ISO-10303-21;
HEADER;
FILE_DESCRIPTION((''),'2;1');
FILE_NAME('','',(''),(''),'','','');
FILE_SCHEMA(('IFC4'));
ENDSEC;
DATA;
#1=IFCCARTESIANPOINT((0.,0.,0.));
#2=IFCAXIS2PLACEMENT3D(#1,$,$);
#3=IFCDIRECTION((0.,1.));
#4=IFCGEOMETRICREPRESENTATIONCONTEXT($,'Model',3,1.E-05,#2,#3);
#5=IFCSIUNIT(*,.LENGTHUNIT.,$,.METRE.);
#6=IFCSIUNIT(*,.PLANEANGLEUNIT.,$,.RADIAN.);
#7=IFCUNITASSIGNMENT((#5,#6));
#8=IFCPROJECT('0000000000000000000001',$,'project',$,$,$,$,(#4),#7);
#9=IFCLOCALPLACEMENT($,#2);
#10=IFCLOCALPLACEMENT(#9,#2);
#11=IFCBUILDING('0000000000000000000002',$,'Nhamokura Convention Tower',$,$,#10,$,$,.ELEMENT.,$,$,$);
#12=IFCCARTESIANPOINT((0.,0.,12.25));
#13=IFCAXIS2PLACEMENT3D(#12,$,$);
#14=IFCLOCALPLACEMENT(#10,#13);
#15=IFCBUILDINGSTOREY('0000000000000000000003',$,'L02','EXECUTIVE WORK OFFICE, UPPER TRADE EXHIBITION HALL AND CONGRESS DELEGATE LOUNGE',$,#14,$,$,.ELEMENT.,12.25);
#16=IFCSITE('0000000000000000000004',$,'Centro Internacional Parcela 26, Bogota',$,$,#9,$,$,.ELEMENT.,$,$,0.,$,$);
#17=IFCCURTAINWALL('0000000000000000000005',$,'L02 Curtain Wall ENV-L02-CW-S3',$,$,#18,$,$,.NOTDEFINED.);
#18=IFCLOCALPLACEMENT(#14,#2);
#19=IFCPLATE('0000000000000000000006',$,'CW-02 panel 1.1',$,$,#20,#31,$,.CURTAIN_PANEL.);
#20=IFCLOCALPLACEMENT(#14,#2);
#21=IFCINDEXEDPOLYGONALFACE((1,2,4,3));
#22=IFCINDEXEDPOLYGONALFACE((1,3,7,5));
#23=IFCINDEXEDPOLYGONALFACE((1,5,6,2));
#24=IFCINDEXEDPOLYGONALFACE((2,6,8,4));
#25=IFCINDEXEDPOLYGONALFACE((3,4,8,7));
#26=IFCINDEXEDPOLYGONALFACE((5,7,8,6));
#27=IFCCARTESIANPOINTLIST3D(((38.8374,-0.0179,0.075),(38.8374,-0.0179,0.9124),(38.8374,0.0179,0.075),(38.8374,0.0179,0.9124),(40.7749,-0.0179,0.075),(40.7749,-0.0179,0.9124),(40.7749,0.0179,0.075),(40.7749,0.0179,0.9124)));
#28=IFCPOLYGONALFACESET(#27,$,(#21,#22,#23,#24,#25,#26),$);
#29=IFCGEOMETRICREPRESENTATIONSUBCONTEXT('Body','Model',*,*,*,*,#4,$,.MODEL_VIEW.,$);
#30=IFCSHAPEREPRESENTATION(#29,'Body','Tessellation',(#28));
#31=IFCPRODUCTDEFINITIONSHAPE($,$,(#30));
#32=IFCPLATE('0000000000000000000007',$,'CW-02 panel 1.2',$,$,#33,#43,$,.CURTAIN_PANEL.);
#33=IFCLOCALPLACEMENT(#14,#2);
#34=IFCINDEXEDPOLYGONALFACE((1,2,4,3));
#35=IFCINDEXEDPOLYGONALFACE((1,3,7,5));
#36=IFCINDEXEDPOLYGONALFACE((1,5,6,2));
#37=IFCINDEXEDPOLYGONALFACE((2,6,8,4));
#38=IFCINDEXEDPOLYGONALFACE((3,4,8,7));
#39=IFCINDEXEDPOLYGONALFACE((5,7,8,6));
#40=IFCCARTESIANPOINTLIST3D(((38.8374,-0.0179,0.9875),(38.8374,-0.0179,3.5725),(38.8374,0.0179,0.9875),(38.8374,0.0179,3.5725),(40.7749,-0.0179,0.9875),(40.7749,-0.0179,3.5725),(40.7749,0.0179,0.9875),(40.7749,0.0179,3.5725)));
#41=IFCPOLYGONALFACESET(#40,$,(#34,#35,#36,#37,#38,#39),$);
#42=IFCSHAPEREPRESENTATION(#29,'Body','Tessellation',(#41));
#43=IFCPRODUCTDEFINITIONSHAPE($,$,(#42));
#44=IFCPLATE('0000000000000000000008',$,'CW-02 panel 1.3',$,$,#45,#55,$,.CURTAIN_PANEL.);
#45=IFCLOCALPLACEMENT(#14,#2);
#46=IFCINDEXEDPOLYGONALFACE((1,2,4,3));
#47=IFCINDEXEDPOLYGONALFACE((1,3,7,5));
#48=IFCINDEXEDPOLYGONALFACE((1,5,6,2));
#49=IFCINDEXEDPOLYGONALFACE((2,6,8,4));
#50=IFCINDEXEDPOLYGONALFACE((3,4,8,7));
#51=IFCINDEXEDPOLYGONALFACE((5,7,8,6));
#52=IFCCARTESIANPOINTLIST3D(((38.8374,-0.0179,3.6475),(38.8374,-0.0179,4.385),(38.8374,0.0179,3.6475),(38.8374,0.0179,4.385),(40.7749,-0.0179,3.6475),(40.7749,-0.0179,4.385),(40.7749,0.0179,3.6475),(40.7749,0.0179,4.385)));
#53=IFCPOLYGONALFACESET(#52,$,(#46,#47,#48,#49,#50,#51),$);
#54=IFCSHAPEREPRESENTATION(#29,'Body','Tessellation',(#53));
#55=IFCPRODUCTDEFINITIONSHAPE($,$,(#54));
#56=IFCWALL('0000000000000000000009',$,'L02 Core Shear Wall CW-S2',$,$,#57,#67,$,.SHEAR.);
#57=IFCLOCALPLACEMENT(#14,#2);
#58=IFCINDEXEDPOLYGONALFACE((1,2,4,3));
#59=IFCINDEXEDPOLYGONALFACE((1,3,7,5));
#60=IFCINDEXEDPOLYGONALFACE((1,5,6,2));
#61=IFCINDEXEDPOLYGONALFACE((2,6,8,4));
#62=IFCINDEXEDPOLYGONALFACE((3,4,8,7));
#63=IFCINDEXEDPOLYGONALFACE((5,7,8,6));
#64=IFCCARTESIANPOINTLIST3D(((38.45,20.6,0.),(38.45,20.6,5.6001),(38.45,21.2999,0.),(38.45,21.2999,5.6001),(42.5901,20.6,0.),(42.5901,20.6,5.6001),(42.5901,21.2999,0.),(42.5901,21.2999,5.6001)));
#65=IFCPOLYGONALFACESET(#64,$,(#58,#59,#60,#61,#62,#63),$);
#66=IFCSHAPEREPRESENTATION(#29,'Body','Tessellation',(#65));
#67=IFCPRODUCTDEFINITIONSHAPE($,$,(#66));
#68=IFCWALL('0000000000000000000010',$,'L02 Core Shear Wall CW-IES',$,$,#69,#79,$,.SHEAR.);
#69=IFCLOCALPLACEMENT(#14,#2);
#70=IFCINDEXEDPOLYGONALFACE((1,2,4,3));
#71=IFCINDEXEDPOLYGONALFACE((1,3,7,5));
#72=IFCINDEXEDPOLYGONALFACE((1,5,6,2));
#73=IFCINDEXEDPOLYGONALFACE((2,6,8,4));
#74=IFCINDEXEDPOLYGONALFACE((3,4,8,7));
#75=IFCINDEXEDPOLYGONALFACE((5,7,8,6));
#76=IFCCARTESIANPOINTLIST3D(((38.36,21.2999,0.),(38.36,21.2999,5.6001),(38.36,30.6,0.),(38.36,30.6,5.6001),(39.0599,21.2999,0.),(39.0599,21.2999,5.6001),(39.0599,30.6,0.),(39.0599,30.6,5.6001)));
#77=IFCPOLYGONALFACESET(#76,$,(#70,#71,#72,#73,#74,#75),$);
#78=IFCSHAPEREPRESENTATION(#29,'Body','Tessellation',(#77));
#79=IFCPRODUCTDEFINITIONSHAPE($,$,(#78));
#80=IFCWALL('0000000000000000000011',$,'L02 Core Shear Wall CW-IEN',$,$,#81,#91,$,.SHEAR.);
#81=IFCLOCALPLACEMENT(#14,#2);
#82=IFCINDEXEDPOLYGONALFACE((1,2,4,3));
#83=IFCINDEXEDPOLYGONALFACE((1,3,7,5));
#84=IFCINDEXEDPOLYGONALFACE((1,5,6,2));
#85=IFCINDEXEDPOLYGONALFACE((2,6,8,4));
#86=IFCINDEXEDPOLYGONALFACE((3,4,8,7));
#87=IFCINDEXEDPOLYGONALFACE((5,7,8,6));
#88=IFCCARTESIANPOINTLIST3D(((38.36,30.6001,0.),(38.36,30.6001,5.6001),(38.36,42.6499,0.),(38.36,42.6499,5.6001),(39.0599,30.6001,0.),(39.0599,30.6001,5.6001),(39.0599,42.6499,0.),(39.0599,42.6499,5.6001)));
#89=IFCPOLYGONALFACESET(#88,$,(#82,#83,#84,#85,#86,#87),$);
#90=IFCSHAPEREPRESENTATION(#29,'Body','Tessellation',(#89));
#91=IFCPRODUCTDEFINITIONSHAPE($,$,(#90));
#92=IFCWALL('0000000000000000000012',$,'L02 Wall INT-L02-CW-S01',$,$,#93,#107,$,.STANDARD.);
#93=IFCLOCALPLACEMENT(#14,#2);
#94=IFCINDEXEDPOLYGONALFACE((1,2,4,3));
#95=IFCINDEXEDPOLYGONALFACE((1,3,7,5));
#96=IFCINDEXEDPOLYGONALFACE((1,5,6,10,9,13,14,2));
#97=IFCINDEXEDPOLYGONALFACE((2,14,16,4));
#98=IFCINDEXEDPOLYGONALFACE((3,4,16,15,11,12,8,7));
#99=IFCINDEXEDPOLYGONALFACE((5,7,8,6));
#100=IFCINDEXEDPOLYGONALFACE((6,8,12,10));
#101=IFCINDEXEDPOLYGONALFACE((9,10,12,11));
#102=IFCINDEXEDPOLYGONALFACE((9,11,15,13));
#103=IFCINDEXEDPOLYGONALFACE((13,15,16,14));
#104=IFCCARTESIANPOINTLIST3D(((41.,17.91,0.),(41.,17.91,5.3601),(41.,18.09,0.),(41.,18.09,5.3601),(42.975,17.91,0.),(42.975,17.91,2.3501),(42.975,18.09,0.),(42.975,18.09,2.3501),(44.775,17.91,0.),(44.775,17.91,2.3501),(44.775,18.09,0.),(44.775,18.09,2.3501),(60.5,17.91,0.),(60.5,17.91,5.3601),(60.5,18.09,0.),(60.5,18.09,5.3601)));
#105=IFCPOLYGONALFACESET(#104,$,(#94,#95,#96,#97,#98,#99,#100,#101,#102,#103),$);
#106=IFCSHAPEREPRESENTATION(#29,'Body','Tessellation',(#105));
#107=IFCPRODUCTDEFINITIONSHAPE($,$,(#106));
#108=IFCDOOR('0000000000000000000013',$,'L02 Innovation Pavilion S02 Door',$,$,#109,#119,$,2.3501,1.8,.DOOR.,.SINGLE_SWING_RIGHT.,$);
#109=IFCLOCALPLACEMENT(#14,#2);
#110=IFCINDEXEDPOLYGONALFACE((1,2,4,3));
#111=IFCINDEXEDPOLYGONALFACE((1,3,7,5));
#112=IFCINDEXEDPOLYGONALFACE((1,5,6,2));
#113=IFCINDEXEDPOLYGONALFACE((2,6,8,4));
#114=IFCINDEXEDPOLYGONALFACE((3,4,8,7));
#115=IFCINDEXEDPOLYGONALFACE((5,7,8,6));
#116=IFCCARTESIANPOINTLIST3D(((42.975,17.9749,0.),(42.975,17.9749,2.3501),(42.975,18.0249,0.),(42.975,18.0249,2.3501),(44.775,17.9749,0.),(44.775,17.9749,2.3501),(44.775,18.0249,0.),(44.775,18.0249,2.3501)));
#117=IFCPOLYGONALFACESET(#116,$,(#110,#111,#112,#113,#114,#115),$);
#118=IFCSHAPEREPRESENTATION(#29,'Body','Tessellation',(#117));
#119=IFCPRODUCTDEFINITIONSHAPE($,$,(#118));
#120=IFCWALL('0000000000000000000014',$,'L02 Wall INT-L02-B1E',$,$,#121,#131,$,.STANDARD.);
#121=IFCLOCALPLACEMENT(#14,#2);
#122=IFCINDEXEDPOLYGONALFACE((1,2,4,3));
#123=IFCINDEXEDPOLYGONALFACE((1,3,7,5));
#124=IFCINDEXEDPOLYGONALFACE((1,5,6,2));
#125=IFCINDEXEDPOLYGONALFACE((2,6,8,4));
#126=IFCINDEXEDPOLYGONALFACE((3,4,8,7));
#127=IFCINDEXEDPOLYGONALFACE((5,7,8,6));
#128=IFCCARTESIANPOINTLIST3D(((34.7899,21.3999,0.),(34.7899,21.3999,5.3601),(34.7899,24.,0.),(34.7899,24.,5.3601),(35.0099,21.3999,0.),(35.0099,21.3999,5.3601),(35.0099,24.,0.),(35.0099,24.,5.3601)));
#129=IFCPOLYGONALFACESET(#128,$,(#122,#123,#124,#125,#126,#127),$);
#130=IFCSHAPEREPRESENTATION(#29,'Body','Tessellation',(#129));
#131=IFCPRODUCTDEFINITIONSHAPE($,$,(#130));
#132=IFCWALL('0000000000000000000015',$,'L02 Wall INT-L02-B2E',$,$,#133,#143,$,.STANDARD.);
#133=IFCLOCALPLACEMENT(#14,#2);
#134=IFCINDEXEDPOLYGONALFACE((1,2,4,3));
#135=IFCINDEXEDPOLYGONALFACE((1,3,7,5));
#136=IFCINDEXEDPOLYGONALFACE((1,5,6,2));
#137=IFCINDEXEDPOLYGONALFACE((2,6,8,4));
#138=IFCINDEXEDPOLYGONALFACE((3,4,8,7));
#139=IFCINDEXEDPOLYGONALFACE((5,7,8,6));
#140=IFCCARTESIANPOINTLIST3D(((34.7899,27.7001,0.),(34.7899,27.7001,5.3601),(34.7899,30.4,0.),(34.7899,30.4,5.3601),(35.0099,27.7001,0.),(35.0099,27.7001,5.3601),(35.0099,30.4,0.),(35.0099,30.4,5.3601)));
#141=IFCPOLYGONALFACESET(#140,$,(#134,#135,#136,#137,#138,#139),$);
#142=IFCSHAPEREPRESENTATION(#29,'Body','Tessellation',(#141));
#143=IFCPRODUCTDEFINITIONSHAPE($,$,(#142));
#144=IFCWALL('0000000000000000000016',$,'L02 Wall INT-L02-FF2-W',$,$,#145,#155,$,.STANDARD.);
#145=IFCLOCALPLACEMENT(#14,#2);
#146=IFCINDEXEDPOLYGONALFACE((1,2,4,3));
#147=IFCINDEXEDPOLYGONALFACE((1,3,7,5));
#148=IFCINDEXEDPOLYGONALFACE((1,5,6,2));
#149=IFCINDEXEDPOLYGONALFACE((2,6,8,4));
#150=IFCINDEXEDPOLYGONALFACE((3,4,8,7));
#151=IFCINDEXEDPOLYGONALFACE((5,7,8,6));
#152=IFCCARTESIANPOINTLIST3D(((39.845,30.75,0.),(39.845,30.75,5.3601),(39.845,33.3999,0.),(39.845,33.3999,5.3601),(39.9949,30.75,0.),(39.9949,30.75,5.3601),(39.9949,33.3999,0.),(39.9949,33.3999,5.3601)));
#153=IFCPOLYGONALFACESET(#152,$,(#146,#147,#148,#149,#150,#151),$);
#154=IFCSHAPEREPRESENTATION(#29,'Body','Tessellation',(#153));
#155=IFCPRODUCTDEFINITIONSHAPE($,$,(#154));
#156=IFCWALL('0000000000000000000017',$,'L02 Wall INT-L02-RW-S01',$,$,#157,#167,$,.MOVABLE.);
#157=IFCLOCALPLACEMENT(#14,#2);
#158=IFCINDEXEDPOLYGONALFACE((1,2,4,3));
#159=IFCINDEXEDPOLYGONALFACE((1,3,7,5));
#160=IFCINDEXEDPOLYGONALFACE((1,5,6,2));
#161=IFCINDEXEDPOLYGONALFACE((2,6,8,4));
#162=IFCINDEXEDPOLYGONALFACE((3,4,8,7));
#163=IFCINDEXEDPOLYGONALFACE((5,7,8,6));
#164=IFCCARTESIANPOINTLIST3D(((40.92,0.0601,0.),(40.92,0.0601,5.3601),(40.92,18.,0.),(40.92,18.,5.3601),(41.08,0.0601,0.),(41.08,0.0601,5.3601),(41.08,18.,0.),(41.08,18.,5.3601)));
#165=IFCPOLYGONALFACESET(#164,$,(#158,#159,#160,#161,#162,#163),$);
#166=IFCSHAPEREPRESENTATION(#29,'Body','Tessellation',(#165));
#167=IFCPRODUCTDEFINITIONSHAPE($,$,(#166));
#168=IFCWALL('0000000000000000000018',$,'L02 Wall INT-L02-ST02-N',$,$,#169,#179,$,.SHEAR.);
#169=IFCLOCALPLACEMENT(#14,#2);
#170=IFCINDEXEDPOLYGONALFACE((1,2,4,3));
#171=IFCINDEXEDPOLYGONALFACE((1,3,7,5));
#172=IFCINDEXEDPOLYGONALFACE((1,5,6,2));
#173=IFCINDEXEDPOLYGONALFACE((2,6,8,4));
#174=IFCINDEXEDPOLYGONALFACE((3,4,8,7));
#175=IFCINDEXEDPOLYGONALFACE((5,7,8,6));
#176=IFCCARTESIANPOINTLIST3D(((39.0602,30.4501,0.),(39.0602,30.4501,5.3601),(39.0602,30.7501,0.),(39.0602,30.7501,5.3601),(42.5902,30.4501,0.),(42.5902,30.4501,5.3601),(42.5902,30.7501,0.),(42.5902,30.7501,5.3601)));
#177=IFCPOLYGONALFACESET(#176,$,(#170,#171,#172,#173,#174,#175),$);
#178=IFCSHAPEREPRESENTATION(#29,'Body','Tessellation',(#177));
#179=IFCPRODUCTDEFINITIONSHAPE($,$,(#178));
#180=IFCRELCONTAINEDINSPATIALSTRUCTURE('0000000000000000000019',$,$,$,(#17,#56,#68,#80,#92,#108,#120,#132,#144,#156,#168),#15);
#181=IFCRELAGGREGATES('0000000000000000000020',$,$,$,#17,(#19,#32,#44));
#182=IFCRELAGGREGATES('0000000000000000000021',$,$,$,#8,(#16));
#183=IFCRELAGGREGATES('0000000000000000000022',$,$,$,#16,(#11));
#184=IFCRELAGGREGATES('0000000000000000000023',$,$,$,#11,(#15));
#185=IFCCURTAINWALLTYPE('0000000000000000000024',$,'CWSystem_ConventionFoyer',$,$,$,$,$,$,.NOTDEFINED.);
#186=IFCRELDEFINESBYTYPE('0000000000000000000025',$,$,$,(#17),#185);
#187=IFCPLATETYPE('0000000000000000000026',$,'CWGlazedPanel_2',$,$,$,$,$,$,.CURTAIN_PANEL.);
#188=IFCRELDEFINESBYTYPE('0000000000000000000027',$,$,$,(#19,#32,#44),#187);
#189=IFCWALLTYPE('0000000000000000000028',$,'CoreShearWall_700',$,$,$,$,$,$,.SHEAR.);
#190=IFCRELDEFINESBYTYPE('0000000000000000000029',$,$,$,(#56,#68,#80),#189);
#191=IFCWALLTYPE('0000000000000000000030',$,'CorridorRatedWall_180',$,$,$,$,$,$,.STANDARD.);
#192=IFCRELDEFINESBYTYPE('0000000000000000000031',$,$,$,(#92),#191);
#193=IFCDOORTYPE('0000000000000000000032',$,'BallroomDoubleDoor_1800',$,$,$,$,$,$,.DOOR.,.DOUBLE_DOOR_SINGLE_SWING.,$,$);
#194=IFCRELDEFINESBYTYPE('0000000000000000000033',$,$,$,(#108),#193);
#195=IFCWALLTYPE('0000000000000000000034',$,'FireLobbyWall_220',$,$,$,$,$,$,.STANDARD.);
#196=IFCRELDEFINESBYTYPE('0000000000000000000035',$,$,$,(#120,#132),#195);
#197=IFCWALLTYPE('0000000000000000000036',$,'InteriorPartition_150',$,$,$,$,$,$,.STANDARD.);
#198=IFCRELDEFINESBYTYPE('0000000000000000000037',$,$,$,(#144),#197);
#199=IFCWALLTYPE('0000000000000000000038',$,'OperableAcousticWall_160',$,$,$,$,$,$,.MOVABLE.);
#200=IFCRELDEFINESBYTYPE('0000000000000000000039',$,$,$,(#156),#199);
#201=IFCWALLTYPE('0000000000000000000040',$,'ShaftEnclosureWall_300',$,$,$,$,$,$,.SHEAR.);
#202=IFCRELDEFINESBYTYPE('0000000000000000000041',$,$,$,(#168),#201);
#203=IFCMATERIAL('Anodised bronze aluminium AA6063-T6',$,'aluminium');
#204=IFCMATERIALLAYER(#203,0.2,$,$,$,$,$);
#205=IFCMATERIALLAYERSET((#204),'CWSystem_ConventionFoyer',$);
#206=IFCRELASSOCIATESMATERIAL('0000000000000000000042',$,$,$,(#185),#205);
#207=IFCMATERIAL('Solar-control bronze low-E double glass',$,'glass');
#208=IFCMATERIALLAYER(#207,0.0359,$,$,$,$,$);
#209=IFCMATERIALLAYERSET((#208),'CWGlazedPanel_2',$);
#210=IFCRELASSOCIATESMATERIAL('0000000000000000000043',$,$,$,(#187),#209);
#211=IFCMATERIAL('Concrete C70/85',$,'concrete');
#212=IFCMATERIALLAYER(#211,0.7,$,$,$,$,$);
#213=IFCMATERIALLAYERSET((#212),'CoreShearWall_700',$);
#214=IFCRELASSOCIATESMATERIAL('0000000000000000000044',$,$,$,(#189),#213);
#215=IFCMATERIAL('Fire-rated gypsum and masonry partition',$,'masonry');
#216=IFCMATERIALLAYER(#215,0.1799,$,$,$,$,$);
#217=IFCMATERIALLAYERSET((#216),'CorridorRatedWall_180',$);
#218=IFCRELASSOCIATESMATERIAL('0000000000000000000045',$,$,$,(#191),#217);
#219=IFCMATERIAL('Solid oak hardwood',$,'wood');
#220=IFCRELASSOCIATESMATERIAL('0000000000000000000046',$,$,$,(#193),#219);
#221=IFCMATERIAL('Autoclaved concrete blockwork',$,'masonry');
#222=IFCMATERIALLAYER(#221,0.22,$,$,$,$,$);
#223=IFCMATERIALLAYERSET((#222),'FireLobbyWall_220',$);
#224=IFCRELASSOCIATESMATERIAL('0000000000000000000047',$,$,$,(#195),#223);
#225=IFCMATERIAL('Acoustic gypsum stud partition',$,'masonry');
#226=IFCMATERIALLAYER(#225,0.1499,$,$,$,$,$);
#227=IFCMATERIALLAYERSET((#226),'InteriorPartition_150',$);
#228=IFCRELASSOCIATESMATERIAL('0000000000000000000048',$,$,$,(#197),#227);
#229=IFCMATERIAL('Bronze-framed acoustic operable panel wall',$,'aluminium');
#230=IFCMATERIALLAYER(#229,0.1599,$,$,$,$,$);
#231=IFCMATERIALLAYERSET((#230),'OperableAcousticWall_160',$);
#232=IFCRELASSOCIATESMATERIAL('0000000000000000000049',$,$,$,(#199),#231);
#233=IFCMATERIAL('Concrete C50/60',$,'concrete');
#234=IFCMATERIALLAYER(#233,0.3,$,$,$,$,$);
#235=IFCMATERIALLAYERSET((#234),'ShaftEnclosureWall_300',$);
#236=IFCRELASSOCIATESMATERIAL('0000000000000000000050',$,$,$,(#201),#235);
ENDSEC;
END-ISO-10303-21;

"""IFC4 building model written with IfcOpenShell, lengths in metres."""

from ifc_helpers import new_model, si_unit, direction, frame, frame_2d, origin, origin_2d, place, context, subcontext, project, spatial, rectangle, extrude, material, layer, layer_set, type_object, element, fill, aggregate, save


model = new_model("IFC4")

# Units and contexts
model_context = context("Model", 3, precision=1e-05, world=origin(), true_north=direction((0.0, 1.0)))
body_context = subcontext(model_context, "Body", "Model", "MODEL_VIEW")
ifc_project = project(units=[si_unit("LENGTHUNIT", "METRE"), si_unit("PLANEANGLEUNIT", "RADIAN")], contexts=[model_context])

# Site, building, storey
site_placement = place(None, origin())
site = spatial("IfcSite", under=ifc_project, at=site_placement, Name="Centro Internacional Parcela 26, Bogota", CompositionType="ELEMENT", RefElevation=0.0)
building_placement = place(site_placement, origin())
building = spatial("IfcBuilding", under=site, at=building_placement, Name="Nhamokura Convention Tower", CompositionType="ELEMENT")
storey_placement = place(building_placement, frame((0.0, 0.0, 12.25)))
storey = spatial("IfcBuildingStorey", under=building, at=storey_placement, Name="L02", Description="EXECUTIVE WORK OFFICE, UPPER TRADE EXHIBITION HALL AND CONGRESS DELEGATE LOUNGE", CompositionType="ELEMENT", Elevation=12.25)

# Curtain wall
ifc_material_1 = material(Name="Anodised bronze aluminium AA6063-T6", Category="aluminium")
ifc_layer_1 = layer(ifc_material_1, 0.2)
ifc_layer_set_1 = layer_set([ifc_layer_1], Name="CWSystem_ConventionFoyer")
curtain_wall_type = type_object("IfcCurtainWallType", Name="CWSystem_ConventionFoyer", PredefinedType="NOTDEFINED", material=ifc_layer_set_1)
curtain_wall_placement = place(storey_placement, origin())
curtain_wall = element("IfcCurtainWall", 1, at=curtain_wall_placement, inside=storey, type_object=curtain_wall_type, Name="L02 Curtain Wall ENV-L02-CW-S3", PredefinedType="NOTDEFINED")

# Plates
ifc_material_2 = material(Name="Solar-control bronze low-E double glass", Category="glass")
ifc_layer_2 = layer(ifc_material_2, 0.0359)
ifc_layer_set_2 = layer_set([ifc_layer_2], Name="CWGlazedPanel_2")
plate_type = type_object("IfcPlateType", Name="CWGlazedPanel_2", PredefinedType="CURTAIN_PANEL", material=ifc_layer_set_2)
plate_1_placement = place(storey_placement, frame((39.8062, 0.0, 0.075), z_axis=(0.0, 0.0, 1.0), x_axis=(-1.0, 0.0, 0.0)))
plate_1 = element("IfcPlate", 2, at=plate_1_placement, type_object=plate_type, Name="CW-02 panel 1.1", PredefinedType="CURTAIN_PANEL", context=body_context, shape_type="SweptSolid", body=[
    extrude(rectangle(XDim=1.9375, YDim=0.0359, at=origin_2d()), origin(), (0.0, 0.0, 1.0), 0.8374),
])
plate_2_placement = place(storey_placement, frame((39.8062, 0.0, 0.9875), z_axis=(0.0, 0.0, 1.0), x_axis=(-1.0, 0.0, 0.0)))
plate_2 = element("IfcPlate", 3, at=plate_2_placement, type_object=plate_type, Name="CW-02 panel 1.2", PredefinedType="CURTAIN_PANEL", context=body_context, shape_type="SweptSolid", body=[
    extrude(rectangle(XDim=1.9375, YDim=0.0359, at=origin_2d()), origin(), (0.0, 0.0, 1.0), 2.585),
])
plate_3_placement = place(storey_placement, frame((39.8062, 0.0, 3.6475), z_axis=(0.0, 0.0, 1.0), x_axis=(-1.0, 0.0, 0.0)))
plate_3 = element("IfcPlate", 4, at=plate_3_placement, type_object=plate_type, Name="CW-02 panel 1.3", PredefinedType="CURTAIN_PANEL", context=body_context, shape_type="SweptSolid", body=[
    extrude(rectangle(XDim=1.9375, YDim=0.0359, at=origin_2d()), origin(), (0.0, 0.0, 1.0), 0.7375),
])
aggregate(curtain_wall, [plate_1, plate_2, plate_3])

# Walls
ifc_material_3 = material(Name="Concrete C70/85", Category="concrete")
ifc_layer_3 = layer(ifc_material_3, 0.7)
ifc_layer_set_3 = layer_set([ifc_layer_3], Name="CoreShearWall_700")
wall_type_1 = type_object("IfcWallType", Name="CoreShearWall_700", PredefinedType="SHEAR", material=ifc_layer_set_3)
wall_1_placement = place(storey_placement, frame((38.45, 20.95, 0.0), z_axis=(0.0, 0.0, 1.0), x_axis=(1.0, 0.0, 0.0)))
element("IfcWall", 5, at=wall_1_placement, inside=storey, type_object=wall_type_1, Name="L02 Core Shear Wall CW-S2", PredefinedType="SHEAR", context=body_context, shape_type="SweptSolid", body=[
    extrude(rectangle(XDim=4.1401, YDim=0.7, at=frame_2d((2.0701, 0.0))), origin(), (0.0, 0.0, 1.0), 5.6001),
])
wall_2_placement = place(storey_placement, frame((38.71, 21.3, 0.0), z_axis=(0.0, 0.0, 1.0), x_axis=(0.0, 1.0, 0.0)))
element("IfcWall", 6, at=wall_2_placement, inside=storey, type_object=wall_type_1, Name="L02 Core Shear Wall CW-IES", PredefinedType="SHEAR", context=body_context, shape_type="SweptSolid", body=[
    extrude(rectangle(XDim=9.3, YDim=0.7, at=frame_2d((4.6499, 0.0))), origin(), (0.0, 0.0, 1.0), 5.6001),
])
wall_3_placement = place(storey_placement, frame((38.71, 30.6001, 0.0), z_axis=(0.0, 0.0, 1.0), x_axis=(0.0, 1.0, 0.0)))
element("IfcWall", 7, at=wall_3_placement, inside=storey, type_object=wall_type_1, Name="L02 Core Shear Wall CW-IEN", PredefinedType="SHEAR", context=body_context, shape_type="SweptSolid", body=[
    extrude(rectangle(XDim=12.0498, YDim=0.7, at=frame_2d((6.0249, 0.0))), origin(), (0.0, 0.0, 1.0), 5.6001),
])

# Wall, opening, door
ifc_material_4 = material(Name="Fire-rated gypsum and masonry partition", Category="masonry")
ifc_layer_4 = layer(ifc_material_4, 0.1799)
ifc_layer_set_4 = layer_set([ifc_layer_4], Name="CorridorRatedWall_180")
wall_type_2 = type_object("IfcWallType", Name="CorridorRatedWall_180", PredefinedType="STANDARD", material=ifc_layer_set_4)
wall_4_placement = place(storey_placement, frame((41.0, 18.0, 0.0), z_axis=(0.0, 0.0, 1.0), x_axis=(1.0, 0.0, 0.0)))
wall_4 = element("IfcWall", 8, at=wall_4_placement, inside=storey, type_object=wall_type_2, Name="L02 Wall INT-L02-CW-S01", PredefinedType="STANDARD", context=body_context, shape_type="SweptSolid", body=[
    extrude(rectangle(XDim=19.5, YDim=0.1799, at=frame_2d((9.75, 0.0))), origin(), (0.0, 0.0, 1.0), 5.3601),
])
opening_1_placement = place(wall_4_placement, frame((1.9751, 0.0, 0.0)))
opening_1 = element("IfcOpeningElement", 9, at=opening_1_placement, cuts=wall_4, PredefinedType="OPENING", context=body_context, shape_type="SweptSolid", body=[
    extrude(rectangle(XDim=1.8, YDim=2.3501, at=frame_2d((0.8999, 1.175))), frame((0.0, 0.0999, 0.0), z_axis=(0.0, -1.0, 0.0), x_axis=(1.0, 0.0, 0.0)), (0.0, 0.0, 1.0), 0.2),
])
ifc_material_5 = material(Name="Solid oak hardwood", Category="wood")
door_type_1 = type_object("IfcDoorType", Name="BallroomDoubleDoor_1800", OperationType="DOUBLE_DOOR_SINGLE_SWING", PredefinedType="DOOR", material=ifc_material_5)
door_1_placement = place(opening_1_placement, origin())
door_1 = element("IfcDoor", 10, at=door_1_placement, inside=storey, type_object=door_type_1, Name="L02 Innovation Pavilion S02 Door", OperationType="SINGLE_SWING_RIGHT", OverallHeight=2.3501, OverallWidth=1.8, PredefinedType="DOOR", context=body_context, shape_type="SweptSolid", body=[
    extrude(rectangle(XDim=1.8, YDim=2.3501, at=frame_2d((0.8999, 1.175))), frame((0.0, 0.0249, 0.0), z_axis=(0.0, -1.0, 0.0), x_axis=(1.0, 0.0, 0.0)), (0.0, 0.0, 1.0), 0.05),
])
fill(opening_1, door_1)
ifc_material_6 = material(Name="Autoclaved concrete blockwork", Category="masonry")
ifc_layer_5 = layer(ifc_material_6, 0.22)
ifc_layer_set_5 = layer_set([ifc_layer_5], Name="FireLobbyWall_220")
wall_type_3 = type_object("IfcWallType", Name="FireLobbyWall_220", PredefinedType="STANDARD", material=ifc_layer_set_5)

# Walls
wall_5_placement = place(storey_placement, frame((34.8999, 21.3999, 0.0), z_axis=(0.0, 0.0, 1.0), x_axis=(0.0, 1.0, 0.0)))
element("IfcWall", 11, at=wall_5_placement, inside=storey, type_object=wall_type_3, Name="L02 Wall INT-L02-B1E", PredefinedType="STANDARD", context=body_context, shape_type="SweptSolid", body=[
    extrude(rectangle(XDim=2.6001, YDim=0.22, at=frame_2d((1.3, 0.0))), origin(), (0.0, 0.0, 1.0), 5.3601),
])
wall_6_placement = place(storey_placement, frame((34.8999, 27.7, 0.0), z_axis=(0.0, 0.0, 1.0), x_axis=(0.0, 1.0, 0.0)))
element("IfcWall", 12, at=wall_6_placement, inside=storey, type_object=wall_type_3, Name="L02 Wall INT-L02-B2E", PredefinedType="STANDARD", context=body_context, shape_type="SweptSolid", body=[
    extrude(rectangle(XDim=2.7, YDim=0.22, at=frame_2d((1.3501, 0.0))), origin(), (0.0, 0.0, 1.0), 5.3601),
])
ifc_material_7 = material(Name="Acoustic gypsum stud partition", Category="masonry")
ifc_layer_6 = layer(ifc_material_7, 0.1499)
ifc_layer_set_6 = layer_set([ifc_layer_6], Name="InteriorPartition_150")
wall_type_4 = type_object("IfcWallType", Name="InteriorPartition_150", PredefinedType="STANDARD", material=ifc_layer_set_6)
wall_7_placement = place(storey_placement, frame((39.9199, 30.75, 0.0), z_axis=(0.0, 0.0, 1.0), x_axis=(0.0, 1.0, 0.0)))
element("IfcWall", 13, at=wall_7_placement, inside=storey, type_object=wall_type_4, Name="L02 Wall INT-L02-FF2-W", PredefinedType="STANDARD", context=body_context, shape_type="SweptSolid", body=[
    extrude(rectangle(XDim=2.6499, YDim=0.1499, at=frame_2d((1.325, 0.0))), origin(), (0.0, 0.0, 1.0), 5.3601),
])
ifc_material_8 = material(Name="Bronze-framed acoustic operable panel wall", Category="aluminium")
ifc_layer_7 = layer(ifc_material_8, 0.1599)
ifc_layer_set_7 = layer_set([ifc_layer_7], Name="OperableAcousticWall_160")
wall_type_5 = type_object("IfcWallType", Name="OperableAcousticWall_160", PredefinedType="MOVABLE", material=ifc_layer_set_7)
wall_8_placement = place(storey_placement, frame((41.0, 0.0601, 0.0), z_axis=(0.0, 0.0, 1.0), x_axis=(0.0, 1.0, 0.0)))
element("IfcWall", 14, at=wall_8_placement, inside=storey, type_object=wall_type_5, Name="L02 Wall INT-L02-RW-S01", PredefinedType="MOVABLE", context=body_context, shape_type="SweptSolid", body=[
    extrude(rectangle(XDim=17.9399, YDim=0.1599, at=frame_2d((8.97, 0.0))), origin(), (0.0, 0.0, 1.0), 5.3601),
])
ifc_material_9 = material(Name="Concrete C50/60", Category="concrete")
ifc_layer_8 = layer(ifc_material_9, 0.3)
ifc_layer_set_8 = layer_set([ifc_layer_8], Name="ShaftEnclosureWall_300")
wall_type_6 = type_object("IfcWallType", Name="ShaftEnclosureWall_300", PredefinedType="SHEAR", material=ifc_layer_set_8)
wall_9_placement = place(storey_placement, frame((39.0601, 30.6001, 0.0), z_axis=(0.0, 0.0, 1.0), x_axis=(1.0, 0.0, 0.0)))
element("IfcWall", 15, at=wall_9_placement, inside=storey, type_object=wall_type_6, Name="L02 Wall INT-L02-ST02-N", PredefinedType="SHEAR", context=body_context, shape_type="SweptSolid", body=[
    extrude(rectangle(XDim=3.53, YDim=0.3, at=frame_2d((1.7651, 0.0))), origin(), (0.0, 0.0, 1.0), 5.3601),
])

save(model, "model.ifc")
